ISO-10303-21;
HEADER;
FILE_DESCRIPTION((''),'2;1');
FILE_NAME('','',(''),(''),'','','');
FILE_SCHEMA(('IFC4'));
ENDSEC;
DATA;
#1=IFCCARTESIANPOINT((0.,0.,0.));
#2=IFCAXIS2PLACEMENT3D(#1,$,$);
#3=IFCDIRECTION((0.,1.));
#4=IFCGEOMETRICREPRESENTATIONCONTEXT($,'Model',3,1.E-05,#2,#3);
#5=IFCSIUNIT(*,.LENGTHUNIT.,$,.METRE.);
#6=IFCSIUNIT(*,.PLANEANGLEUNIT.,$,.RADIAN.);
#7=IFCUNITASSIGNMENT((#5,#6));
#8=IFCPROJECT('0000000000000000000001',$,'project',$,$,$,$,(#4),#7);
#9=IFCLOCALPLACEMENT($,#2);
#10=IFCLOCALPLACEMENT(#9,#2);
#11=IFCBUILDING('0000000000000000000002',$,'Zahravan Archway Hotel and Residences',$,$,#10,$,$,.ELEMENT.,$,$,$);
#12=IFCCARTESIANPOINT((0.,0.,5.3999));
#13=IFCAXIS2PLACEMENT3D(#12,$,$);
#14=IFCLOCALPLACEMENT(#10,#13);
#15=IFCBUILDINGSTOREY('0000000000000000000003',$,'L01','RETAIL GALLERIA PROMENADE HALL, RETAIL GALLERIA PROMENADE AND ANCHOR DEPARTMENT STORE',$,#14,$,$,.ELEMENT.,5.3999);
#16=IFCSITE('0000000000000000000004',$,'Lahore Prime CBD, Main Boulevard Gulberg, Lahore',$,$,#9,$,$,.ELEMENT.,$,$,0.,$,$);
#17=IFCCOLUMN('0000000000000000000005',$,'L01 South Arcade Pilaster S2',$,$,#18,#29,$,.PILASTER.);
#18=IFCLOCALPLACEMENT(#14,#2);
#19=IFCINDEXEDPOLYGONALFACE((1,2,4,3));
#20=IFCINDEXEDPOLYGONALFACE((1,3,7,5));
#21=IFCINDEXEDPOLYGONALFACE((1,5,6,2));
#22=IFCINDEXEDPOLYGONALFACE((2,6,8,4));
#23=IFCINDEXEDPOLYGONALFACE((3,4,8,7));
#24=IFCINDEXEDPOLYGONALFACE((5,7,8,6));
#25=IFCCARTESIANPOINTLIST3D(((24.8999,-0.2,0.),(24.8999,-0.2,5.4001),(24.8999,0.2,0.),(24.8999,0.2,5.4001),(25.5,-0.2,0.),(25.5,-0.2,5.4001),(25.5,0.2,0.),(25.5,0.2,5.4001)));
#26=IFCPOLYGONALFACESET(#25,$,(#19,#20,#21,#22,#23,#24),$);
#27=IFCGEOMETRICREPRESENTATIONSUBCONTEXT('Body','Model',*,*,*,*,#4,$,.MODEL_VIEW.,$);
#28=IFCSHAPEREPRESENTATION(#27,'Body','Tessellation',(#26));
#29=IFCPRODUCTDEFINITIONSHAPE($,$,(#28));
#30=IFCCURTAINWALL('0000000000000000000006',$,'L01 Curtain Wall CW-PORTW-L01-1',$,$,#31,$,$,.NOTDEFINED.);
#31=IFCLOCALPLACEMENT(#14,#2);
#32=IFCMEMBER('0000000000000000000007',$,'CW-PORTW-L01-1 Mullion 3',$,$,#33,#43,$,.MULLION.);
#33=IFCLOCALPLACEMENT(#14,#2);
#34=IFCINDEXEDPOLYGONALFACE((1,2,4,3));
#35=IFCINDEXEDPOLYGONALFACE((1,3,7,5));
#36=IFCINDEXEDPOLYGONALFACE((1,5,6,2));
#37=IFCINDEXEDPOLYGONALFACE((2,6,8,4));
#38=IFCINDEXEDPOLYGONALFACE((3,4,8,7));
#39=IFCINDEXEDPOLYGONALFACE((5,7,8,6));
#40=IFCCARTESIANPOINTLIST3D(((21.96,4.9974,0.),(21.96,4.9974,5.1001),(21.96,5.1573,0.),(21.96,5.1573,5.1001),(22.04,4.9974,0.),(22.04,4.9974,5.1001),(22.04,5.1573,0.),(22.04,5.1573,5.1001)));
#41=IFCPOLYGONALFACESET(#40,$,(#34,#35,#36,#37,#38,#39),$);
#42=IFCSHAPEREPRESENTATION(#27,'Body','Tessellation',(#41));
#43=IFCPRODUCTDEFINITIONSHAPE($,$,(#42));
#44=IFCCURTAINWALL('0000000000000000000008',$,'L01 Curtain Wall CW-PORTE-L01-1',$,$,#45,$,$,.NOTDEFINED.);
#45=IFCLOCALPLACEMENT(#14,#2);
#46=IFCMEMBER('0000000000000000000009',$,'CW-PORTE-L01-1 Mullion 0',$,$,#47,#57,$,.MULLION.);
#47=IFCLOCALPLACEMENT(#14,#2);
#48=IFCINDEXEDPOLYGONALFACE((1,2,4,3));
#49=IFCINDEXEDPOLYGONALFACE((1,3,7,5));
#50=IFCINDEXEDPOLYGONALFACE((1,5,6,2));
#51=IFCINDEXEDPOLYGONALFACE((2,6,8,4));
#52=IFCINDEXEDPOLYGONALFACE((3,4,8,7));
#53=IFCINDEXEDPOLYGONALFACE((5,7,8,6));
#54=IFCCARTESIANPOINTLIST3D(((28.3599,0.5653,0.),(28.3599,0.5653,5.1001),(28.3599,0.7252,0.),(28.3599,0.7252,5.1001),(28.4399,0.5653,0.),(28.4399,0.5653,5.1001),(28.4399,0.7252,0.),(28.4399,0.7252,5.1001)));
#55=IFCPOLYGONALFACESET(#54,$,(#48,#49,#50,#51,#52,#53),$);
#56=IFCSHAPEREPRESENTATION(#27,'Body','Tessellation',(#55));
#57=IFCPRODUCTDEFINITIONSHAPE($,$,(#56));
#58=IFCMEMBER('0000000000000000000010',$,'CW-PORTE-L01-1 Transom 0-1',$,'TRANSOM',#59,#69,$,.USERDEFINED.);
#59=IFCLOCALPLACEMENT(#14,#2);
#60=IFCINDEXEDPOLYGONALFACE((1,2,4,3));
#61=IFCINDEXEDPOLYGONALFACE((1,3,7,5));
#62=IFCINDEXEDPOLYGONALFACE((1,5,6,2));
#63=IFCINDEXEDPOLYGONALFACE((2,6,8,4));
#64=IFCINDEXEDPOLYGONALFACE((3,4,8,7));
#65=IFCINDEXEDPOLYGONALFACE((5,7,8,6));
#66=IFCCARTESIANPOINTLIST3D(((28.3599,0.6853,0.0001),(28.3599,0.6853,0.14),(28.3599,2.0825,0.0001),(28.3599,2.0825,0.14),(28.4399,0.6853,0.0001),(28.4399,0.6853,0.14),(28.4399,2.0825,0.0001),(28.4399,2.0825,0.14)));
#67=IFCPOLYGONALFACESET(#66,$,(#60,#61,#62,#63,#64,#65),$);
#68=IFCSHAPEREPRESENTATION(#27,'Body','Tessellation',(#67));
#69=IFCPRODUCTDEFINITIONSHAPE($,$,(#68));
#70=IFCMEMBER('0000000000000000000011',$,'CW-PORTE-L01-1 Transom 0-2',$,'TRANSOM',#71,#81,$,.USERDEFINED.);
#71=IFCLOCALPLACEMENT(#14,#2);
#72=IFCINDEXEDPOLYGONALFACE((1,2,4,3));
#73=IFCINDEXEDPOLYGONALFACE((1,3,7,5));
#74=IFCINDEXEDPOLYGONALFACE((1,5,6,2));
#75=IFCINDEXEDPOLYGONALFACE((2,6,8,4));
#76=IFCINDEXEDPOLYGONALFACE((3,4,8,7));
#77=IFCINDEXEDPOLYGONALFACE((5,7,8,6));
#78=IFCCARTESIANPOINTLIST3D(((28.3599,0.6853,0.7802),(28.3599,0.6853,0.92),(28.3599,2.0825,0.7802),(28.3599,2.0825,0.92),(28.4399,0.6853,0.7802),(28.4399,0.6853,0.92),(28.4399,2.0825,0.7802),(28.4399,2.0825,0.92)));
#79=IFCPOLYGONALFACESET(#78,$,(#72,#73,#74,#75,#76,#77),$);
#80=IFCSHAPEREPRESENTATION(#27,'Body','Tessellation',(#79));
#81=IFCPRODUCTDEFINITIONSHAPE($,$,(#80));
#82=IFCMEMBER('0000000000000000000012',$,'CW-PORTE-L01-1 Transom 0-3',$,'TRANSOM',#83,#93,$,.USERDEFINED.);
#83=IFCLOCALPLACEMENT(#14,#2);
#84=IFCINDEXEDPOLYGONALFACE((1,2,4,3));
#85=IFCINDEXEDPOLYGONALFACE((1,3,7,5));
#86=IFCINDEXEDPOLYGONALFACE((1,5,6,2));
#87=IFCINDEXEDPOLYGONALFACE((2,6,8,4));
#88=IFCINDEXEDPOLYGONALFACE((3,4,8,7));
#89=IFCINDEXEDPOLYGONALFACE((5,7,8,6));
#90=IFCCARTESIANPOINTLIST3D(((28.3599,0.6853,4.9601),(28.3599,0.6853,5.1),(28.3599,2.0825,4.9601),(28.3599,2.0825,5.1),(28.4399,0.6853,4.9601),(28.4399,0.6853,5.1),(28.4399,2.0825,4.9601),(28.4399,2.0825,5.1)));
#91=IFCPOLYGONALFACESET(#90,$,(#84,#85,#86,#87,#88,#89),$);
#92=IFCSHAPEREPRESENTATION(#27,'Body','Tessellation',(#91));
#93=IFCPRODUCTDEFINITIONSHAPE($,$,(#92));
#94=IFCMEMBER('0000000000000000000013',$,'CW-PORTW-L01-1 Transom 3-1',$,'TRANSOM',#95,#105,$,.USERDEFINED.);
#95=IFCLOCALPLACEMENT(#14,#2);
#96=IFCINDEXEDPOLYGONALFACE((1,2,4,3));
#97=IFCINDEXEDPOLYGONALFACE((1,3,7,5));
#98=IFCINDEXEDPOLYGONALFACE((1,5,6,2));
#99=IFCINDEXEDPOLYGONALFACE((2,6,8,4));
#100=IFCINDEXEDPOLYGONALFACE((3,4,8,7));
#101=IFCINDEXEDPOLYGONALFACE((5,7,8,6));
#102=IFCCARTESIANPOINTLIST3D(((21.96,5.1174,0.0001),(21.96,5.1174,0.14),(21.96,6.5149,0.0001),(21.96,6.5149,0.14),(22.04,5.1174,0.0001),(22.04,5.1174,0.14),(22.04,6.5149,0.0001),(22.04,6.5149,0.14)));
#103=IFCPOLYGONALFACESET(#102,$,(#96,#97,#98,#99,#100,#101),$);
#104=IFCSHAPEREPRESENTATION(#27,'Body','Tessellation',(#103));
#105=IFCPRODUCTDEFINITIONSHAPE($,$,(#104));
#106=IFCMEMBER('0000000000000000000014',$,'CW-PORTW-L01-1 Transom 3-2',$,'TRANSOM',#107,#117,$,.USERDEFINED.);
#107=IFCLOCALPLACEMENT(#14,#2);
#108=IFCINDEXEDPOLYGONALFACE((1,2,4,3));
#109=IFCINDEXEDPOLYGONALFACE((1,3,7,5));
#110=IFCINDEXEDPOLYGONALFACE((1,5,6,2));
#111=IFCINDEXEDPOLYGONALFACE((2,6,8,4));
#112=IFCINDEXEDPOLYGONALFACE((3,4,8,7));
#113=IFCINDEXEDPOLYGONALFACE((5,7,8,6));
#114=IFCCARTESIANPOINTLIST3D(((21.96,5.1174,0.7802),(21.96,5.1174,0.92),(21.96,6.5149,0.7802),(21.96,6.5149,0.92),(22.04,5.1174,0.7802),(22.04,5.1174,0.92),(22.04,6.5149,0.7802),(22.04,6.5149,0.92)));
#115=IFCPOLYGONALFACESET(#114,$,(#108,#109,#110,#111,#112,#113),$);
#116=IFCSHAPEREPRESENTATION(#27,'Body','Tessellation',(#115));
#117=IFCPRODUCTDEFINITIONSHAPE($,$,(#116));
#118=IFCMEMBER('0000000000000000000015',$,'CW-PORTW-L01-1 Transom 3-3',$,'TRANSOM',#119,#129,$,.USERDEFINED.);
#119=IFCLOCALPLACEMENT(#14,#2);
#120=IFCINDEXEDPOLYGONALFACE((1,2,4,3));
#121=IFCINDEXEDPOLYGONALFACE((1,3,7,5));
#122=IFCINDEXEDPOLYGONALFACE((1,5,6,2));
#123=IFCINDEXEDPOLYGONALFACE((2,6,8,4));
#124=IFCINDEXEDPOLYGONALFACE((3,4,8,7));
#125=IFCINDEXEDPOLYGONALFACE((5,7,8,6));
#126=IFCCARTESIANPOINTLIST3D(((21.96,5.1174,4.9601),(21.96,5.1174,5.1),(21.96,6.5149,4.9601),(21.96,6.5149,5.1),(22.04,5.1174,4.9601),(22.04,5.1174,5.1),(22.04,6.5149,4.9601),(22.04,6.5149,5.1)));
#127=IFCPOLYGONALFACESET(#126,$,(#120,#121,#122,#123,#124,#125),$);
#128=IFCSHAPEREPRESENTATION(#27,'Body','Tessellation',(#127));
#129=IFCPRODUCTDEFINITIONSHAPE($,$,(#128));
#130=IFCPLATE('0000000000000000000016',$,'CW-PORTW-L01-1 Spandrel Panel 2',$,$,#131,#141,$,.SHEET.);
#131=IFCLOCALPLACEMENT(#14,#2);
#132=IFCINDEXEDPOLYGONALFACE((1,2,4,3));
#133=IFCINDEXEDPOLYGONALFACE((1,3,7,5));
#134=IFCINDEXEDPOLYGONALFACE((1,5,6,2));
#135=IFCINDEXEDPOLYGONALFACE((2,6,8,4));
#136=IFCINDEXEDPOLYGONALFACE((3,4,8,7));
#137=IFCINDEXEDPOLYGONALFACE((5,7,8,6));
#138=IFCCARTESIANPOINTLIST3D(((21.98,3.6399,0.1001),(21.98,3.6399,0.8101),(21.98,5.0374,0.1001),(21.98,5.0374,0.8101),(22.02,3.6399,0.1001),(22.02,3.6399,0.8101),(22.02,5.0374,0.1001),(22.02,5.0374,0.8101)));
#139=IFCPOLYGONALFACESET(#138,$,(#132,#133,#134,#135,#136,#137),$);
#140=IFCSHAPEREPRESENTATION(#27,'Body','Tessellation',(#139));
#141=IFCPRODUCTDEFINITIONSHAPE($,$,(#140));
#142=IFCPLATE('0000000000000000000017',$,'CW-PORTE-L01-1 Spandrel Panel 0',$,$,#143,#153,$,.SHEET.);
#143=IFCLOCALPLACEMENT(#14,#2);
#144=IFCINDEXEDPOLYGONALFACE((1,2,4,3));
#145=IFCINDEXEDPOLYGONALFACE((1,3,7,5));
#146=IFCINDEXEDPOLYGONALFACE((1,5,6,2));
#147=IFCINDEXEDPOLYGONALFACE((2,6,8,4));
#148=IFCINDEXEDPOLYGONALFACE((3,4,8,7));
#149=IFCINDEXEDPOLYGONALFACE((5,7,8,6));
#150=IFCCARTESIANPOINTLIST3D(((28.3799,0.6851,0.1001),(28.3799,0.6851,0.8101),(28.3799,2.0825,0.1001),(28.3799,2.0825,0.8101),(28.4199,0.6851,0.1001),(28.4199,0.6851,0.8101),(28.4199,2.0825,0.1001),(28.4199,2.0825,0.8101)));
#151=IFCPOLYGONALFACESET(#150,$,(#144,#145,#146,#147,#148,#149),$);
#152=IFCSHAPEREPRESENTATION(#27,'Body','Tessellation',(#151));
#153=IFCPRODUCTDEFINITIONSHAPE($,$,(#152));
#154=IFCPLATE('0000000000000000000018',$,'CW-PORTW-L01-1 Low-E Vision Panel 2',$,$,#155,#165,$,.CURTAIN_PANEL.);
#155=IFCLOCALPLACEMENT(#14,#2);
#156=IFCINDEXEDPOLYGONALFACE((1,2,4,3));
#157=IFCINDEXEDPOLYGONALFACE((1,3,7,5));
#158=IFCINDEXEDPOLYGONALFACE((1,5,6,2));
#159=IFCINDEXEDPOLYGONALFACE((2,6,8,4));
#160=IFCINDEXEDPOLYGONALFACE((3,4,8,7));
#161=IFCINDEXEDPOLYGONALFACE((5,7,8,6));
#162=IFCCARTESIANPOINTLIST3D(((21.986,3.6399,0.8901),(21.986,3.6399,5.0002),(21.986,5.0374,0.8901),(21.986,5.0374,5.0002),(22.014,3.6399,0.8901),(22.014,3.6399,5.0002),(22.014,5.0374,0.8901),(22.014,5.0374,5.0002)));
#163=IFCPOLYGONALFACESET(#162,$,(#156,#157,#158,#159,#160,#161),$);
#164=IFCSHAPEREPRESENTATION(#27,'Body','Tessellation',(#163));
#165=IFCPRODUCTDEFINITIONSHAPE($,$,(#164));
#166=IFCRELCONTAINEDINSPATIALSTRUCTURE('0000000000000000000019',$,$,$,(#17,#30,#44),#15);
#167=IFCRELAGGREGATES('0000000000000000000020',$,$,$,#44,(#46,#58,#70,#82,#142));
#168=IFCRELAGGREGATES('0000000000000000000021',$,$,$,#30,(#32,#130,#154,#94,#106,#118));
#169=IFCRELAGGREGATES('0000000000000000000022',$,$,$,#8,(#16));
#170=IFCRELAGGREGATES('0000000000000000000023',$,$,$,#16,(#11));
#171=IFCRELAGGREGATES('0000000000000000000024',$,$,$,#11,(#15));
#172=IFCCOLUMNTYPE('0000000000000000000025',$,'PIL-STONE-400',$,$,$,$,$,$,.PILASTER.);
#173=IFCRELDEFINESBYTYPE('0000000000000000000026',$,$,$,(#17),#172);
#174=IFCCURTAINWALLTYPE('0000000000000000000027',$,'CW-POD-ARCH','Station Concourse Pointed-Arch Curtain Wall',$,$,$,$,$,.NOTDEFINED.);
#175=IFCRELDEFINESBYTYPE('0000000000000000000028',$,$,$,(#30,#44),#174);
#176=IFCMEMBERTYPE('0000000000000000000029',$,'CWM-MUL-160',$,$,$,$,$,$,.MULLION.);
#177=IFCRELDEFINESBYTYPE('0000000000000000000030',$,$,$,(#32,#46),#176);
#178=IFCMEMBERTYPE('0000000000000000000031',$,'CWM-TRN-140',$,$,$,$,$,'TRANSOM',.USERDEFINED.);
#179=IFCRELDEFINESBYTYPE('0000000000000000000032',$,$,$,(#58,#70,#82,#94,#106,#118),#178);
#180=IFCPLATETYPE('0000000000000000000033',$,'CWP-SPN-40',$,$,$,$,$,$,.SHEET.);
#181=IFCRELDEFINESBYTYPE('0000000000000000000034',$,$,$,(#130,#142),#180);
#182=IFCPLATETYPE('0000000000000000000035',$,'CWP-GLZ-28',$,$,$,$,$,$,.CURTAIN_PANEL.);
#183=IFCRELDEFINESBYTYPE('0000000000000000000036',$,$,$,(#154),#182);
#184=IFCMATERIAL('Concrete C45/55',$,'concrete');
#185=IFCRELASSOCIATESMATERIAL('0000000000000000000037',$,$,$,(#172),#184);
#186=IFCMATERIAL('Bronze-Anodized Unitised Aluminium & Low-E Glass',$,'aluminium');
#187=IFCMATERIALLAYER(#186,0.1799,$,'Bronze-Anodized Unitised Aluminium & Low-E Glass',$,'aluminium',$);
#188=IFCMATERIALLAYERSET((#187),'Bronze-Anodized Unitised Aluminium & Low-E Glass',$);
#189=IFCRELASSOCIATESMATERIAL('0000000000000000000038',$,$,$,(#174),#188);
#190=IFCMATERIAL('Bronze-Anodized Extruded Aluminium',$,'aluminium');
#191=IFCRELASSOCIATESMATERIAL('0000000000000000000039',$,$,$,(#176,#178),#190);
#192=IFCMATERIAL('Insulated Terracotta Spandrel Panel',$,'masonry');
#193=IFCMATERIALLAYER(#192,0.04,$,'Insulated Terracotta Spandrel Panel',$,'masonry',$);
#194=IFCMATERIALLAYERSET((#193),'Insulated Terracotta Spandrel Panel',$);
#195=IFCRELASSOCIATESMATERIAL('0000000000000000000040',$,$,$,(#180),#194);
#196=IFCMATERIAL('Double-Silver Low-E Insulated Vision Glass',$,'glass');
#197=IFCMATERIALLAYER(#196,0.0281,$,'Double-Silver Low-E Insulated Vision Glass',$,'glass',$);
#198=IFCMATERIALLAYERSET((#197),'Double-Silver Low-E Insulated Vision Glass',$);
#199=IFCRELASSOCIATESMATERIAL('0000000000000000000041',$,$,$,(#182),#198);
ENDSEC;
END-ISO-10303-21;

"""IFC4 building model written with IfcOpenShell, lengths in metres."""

from ifc_helpers import new_model, si_unit, direction, frame, origin, origin_2d, place, context, subcontext, project, spatial, rectangle, extrude, source, transform, mapped, material, layer, layer_set, material_profile, profile_set, type_object, type_shapes, element, aggregate, save


model = new_model("IFC4")

# Units and contexts
model_context = context("Model", 3, precision=1e-05, world=origin(), true_north=direction((0.0, 1.0)))
body_context = subcontext(model_context, "Body", "Model", "MODEL_VIEW")
ifc_project = project(units=[si_unit("LENGTHUNIT", "METRE"), si_unit("PLANEANGLEUNIT", "RADIAN")], contexts=[model_context])

# Site, building, storey
site_placement = place(None, origin())
site = spatial("IfcSite", under=ifc_project, at=site_placement, Name="Lahore Prime CBD, Main Boulevard Gulberg, Lahore", CompositionType="ELEMENT", RefElevation=0.0)
building_placement = place(site_placement, origin())
building = spatial("IfcBuilding", under=site, at=building_placement, Name="Zahravan Archway Hotel and Residences", CompositionType="ELEMENT")
storey_placement = place(building_placement, frame((0.0, 0.0, 5.3999)))
storey = spatial("IfcBuildingStorey", under=building, at=storey_placement, Name="L01", Description="RETAIL GALLERIA PROMENADE HALL, RETAIL GALLERIA PROMENADE AND ANCHOR DEPARTMENT STORE", CompositionType="ELEMENT", Elevation=5.3999)

# Column
ifc_material_1 = material(Name="Concrete C45/55", Category="concrete")
ifc_material_profile_1 = material_profile(ifc_material_1, rectangle(XDim=0.6001, YDim=0.3999, at=origin_2d()), Name="RC-PIL-600x400", Category="concrete")
ifc_profile_set_1 = profile_set([ifc_material_profile_1], Name="Concrete C45/55")
column_type = type_object("IfcColumnType", Name="PIL-STONE-400", PredefinedType="PILASTER", material=ifc_profile_set_1)
shared_shape_1 = source(origin(), body_context, "Body", "SweptSolid", [
    extrude(rectangle(XDim=0.6001, YDim=0.3999, at=origin_2d()), origin(), (0.0, 0.0, 1.0), 5.4001),
])
type_shapes(column_type, [shared_shape_1])
column_placement = place(storey_placement, frame((25.2, 0.0, 0.0), z_axis=(0.0, 0.0, 1.0), x_axis=(1.0, 0.0, 0.0)))
element("IfcColumn", 1, at=column_placement, inside=storey, type_object=column_type, Name="L01 South Arcade Pilaster S2", PredefinedType="PILASTER", context=body_context, shape_type="MappedRepresentation", body=[
    mapped(shared_shape_1, transform((0.0, 0.0, 0.0), scale=1.0)),
])

# Curtain wall, member
ifc_material_2 = material(Name="Bronze-Anodized Unitised Aluminium & Low-E Glass", Category="aluminium")
ifc_layer_1 = layer(ifc_material_2, 0.1799, Name="Bronze-Anodized Unitised Aluminium & Low-E Glass", Category="aluminium")
ifc_layer_set_1 = layer_set([ifc_layer_1], Name="Bronze-Anodized Unitised Aluminium & Low-E Glass")
curtain_wall_type = type_object("IfcCurtainWallType", Name="CW-POD-ARCH", Description="Station Concourse Pointed-Arch Curtain Wall", PredefinedType="NOTDEFINED", material=ifc_layer_set_1)
curtain_wall_1_placement = place(storey_placement, origin())
curtain_wall_1 = element("IfcCurtainWall", 2, at=curtain_wall_1_placement, inside=storey, type_object=curtain_wall_type, Name="L01 Curtain Wall CW-PORTW-L01-1", PredefinedType="NOTDEFINED")
ifc_material_3 = material(Name="Bronze-Anodized Extruded Aluminium", Category="aluminium")
ifc_material_profile_2 = material_profile(ifc_material_3, rectangle(XDim=0.0801, YDim=0.1599, at=origin_2d()), Name="MUL 80x160", Category="aluminium")
ifc_profile_set_2 = profile_set([ifc_material_profile_2], Name="Bronze-Anodized Extruded Aluminium")
member_type_1 = type_object("IfcMemberType", Name="CWM-MUL-160", PredefinedType="MULLION", material=ifc_profile_set_2)
shared_shape_2 = source(origin(), body_context, "Body", "SweptSolid", [
    extrude(rectangle(XDim=0.0801, YDim=0.1599, at=origin_2d()), origin(), (0.0, 0.0, 1.0), 5.1001),
])
member_1_placement = place(storey_placement, frame((22.0, 5.0774, 0.0), z_axis=(0.0, 0.0, 1.0), x_axis=(1.0, 0.0, 0.0)))
member_1 = element("IfcMember", 3, at=member_1_placement, type_object=member_type_1, Name="CW-PORTW-L01-1 Mullion 3", PredefinedType="MULLION", context=body_context, shape_type="MappedRepresentation", body=[
    mapped(shared_shape_2, transform((0.0, 0.0, 0.0), scale=1.0)),
])

# Curtain wall, members
curtain_wall_2_placement = place(storey_placement, origin())
curtain_wall_2 = element("IfcCurtainWall", 4, at=curtain_wall_2_placement, inside=storey, type_object=curtain_wall_type, Name="L01 Curtain Wall CW-PORTE-L01-1", PredefinedType="NOTDEFINED")
member_2_placement = place(storey_placement, frame((28.3999, 0.6453, 0.0), z_axis=(0.0, 0.0, 1.0), x_axis=(1.0, 0.0, 0.0)))
member_2 = element("IfcMember", 5, at=member_2_placement, type_object=member_type_1, Name="CW-PORTE-L01-1 Mullion 0", PredefinedType="MULLION", context=body_context, shape_type="MappedRepresentation", body=[
    mapped(shared_shape_2, transform((0.0, 0.0, 0.0), scale=1.0)),
])
ifc_material_profile_3 = material_profile(ifc_material_3, rectangle(XDim=0.0801, YDim=0.1399, at=origin_2d()), Name="TRN 80x140", Category="aluminium")
ifc_profile_set_3 = profile_set([ifc_material_profile_3], Name="Bronze-Anodized Extruded Aluminium")
member_type_2 = type_object("IfcMemberType", Name="CWM-TRN-140", ElementType="TRANSOM", PredefinedType="USERDEFINED", material=ifc_profile_set_3)
shared_shape_3 = source(origin(), body_context, "Body", "SweptSolid", [
    extrude(rectangle(XDim=0.0801, YDim=0.1399, at=origin_2d()), origin(), (0.0, 0.0, 1.0), 1.3972),
])
member_3_placement = place(storey_placement, frame((28.3999, 0.6853, 0.0701), z_axis=(0.0, 1.0, 0.0), x_axis=(-1.0, 0.0, 0.0)))
member_3 = element("IfcMember", 6, at=member_3_placement, type_object=member_type_2, Name="CW-PORTE-L01-1 Transom 0-1", ObjectType="TRANSOM", PredefinedType="USERDEFINED", context=body_context, shape_type="MappedRepresentation", body=[
    mapped(shared_shape_3, transform((0.0, 0.0, 0.0), scale=1.0)),
])
member_4_placement = place(storey_placement, frame((28.3999, 0.6853, 0.8501), z_axis=(0.0, 1.0, 0.0), x_axis=(-1.0, 0.0, 0.0)))
member_4 = element("IfcMember", 7, at=member_4_placement, type_object=member_type_2, Name="CW-PORTE-L01-1 Transom 0-2", ObjectType="TRANSOM", PredefinedType="USERDEFINED", context=body_context, shape_type="MappedRepresentation", body=[
    mapped(shared_shape_3, transform((0.0, 0.0, 0.0), scale=1.0)),
])
member_5_placement = place(storey_placement, frame((28.3999, 0.6853, 5.03), z_axis=(0.0, 1.0, 0.0), x_axis=(-1.0, 0.0, 0.0)))
member_5 = element("IfcMember", 8, at=member_5_placement, type_object=member_type_2, Name="CW-PORTE-L01-1 Transom 0-3", ObjectType="TRANSOM", PredefinedType="USERDEFINED", context=body_context, shape_type="MappedRepresentation", body=[
    mapped(shared_shape_3, transform((0.0, 0.0, 0.0), scale=1.0)),
])

# Members
shared_shape_4 = source(origin(), body_context, "Body", "SweptSolid", [
    extrude(rectangle(XDim=0.0801, YDim=0.1399, at=origin_2d()), origin(), (0.0, 0.0, 1.0), 1.3975),
])
member_6_placement = place(storey_placement, frame((22.0, 5.1174, 0.0701), z_axis=(0.0, 1.0, 0.0), x_axis=(-1.0, 0.0, 0.0)))
member_6 = element("IfcMember", 9, at=member_6_placement, type_object=member_type_2, Name="CW-PORTW-L01-1 Transom 3-1", ObjectType="TRANSOM", PredefinedType="USERDEFINED", context=body_context, shape_type="MappedRepresentation", body=[
    mapped(shared_shape_4, transform((0.0, 0.0, 0.0), scale=1.0)),
])
member_7_placement = place(storey_placement, frame((22.0, 5.1174, 0.8501), z_axis=(0.0, 1.0, 0.0), x_axis=(-1.0, 0.0, 0.0)))
member_7 = element("IfcMember", 10, at=member_7_placement, type_object=member_type_2, Name="CW-PORTW-L01-1 Transom 3-2", ObjectType="TRANSOM", PredefinedType="USERDEFINED", context=body_context, shape_type="MappedRepresentation", body=[
    mapped(shared_shape_4, transform((0.0, 0.0, 0.0), scale=1.0)),
])
member_8_placement = place(storey_placement, frame((22.0, 5.1174, 5.03), z_axis=(0.0, 1.0, 0.0), x_axis=(-1.0, 0.0, 0.0)))
member_8 = element("IfcMember", 11, at=member_8_placement, type_object=member_type_2, Name="CW-PORTW-L01-1 Transom 3-3", ObjectType="TRANSOM", PredefinedType="USERDEFINED", context=body_context, shape_type="MappedRepresentation", body=[
    mapped(shared_shape_4, transform((0.0, 0.0, 0.0), scale=1.0)),
])

# Plates
ifc_material_4 = material(Name="Insulated Terracotta Spandrel Panel", Category="masonry")
ifc_layer_2 = layer(ifc_material_4, 0.04, Name="Insulated Terracotta Spandrel Panel", Category="masonry")
ifc_layer_set_2 = layer_set([ifc_layer_2], Name="Insulated Terracotta Spandrel Panel")
plate_type_1 = type_object("IfcPlateType", Name="CWP-SPN-40", PredefinedType="SHEET", material=ifc_layer_set_2)
shared_shape_5 = source(origin(), body_context, "Body", "SweptSolid", [
    extrude(rectangle(XDim=1.3975, YDim=0.04, at=origin_2d()), origin(), (0.0, 0.0, 1.0), 0.71),
])
plate_1_placement = place(storey_placement, frame((22.0, 4.3386, 0.1001), z_axis=(0.0, 0.0, 1.0), x_axis=(0.0, 1.0, 0.0)))
plate_1 = element("IfcPlate", 12, at=plate_1_placement, type_object=plate_type_1, Name="CW-PORTW-L01-1 Spandrel Panel 2", PredefinedType="SHEET", context=body_context, shape_type="MappedRepresentation", body=[
    mapped(shared_shape_5, transform((0.0, 0.0, 0.0), scale=1.0)),
])
plate_2_placement = place(storey_placement, frame((28.3999, 1.3838, 0.1001), z_axis=(0.0, 0.0, 1.0), x_axis=(0.0, 1.0, 0.0)))
plate_2 = element("IfcPlate", 13, at=plate_2_placement, type_object=plate_type_1, Name="CW-PORTE-L01-1 Spandrel Panel 0", PredefinedType="SHEET", context=body_context, shape_type="MappedRepresentation", body=[
    mapped(shared_shape_5, transform((0.0, 0.0, 0.0), scale=1.0)),
])
aggregate(curtain_wall_2, [member_2, member_3, member_4, member_5, plate_2])
ifc_material_5 = material(Name="Double-Silver Low-E Insulated Vision Glass", Category="glass")
ifc_layer_3 = layer(ifc_material_5, 0.0281, Name="Double-Silver Low-E Insulated Vision Glass", Category="glass")
ifc_layer_set_3 = layer_set([ifc_layer_3], Name="Double-Silver Low-E Insulated Vision Glass")
plate_type_2 = type_object("IfcPlateType", Name="CWP-GLZ-28", PredefinedType="CURTAIN_PANEL", material=ifc_layer_set_3)
shared_shape_6 = source(origin(), body_context, "Body", "SweptSolid", [
    extrude(rectangle(XDim=1.3975, YDim=0.0281, at=origin_2d()), origin(), (0.0, 0.0, 1.0), 4.1101),
])
plate_3_placement = place(storey_placement, frame((22.0, 4.3386, 0.8901), z_axis=(0.0, 0.0, 1.0), x_axis=(0.0, 1.0, 0.0)))
plate_3 = element("IfcPlate", 14, at=plate_3_placement, type_object=plate_type_2, Name="CW-PORTW-L01-1 Low-E Vision Panel 2", PredefinedType="CURTAIN_PANEL", context=body_context, shape_type="MappedRepresentation", body=[
    mapped(shared_shape_6, transform((0.0, 0.0, 0.0), scale=1.0)),
])
aggregate(curtain_wall_1, [member_1, plate_1, plate_3, member_6, member_7, member_8])

save(model, "model.ifc")
